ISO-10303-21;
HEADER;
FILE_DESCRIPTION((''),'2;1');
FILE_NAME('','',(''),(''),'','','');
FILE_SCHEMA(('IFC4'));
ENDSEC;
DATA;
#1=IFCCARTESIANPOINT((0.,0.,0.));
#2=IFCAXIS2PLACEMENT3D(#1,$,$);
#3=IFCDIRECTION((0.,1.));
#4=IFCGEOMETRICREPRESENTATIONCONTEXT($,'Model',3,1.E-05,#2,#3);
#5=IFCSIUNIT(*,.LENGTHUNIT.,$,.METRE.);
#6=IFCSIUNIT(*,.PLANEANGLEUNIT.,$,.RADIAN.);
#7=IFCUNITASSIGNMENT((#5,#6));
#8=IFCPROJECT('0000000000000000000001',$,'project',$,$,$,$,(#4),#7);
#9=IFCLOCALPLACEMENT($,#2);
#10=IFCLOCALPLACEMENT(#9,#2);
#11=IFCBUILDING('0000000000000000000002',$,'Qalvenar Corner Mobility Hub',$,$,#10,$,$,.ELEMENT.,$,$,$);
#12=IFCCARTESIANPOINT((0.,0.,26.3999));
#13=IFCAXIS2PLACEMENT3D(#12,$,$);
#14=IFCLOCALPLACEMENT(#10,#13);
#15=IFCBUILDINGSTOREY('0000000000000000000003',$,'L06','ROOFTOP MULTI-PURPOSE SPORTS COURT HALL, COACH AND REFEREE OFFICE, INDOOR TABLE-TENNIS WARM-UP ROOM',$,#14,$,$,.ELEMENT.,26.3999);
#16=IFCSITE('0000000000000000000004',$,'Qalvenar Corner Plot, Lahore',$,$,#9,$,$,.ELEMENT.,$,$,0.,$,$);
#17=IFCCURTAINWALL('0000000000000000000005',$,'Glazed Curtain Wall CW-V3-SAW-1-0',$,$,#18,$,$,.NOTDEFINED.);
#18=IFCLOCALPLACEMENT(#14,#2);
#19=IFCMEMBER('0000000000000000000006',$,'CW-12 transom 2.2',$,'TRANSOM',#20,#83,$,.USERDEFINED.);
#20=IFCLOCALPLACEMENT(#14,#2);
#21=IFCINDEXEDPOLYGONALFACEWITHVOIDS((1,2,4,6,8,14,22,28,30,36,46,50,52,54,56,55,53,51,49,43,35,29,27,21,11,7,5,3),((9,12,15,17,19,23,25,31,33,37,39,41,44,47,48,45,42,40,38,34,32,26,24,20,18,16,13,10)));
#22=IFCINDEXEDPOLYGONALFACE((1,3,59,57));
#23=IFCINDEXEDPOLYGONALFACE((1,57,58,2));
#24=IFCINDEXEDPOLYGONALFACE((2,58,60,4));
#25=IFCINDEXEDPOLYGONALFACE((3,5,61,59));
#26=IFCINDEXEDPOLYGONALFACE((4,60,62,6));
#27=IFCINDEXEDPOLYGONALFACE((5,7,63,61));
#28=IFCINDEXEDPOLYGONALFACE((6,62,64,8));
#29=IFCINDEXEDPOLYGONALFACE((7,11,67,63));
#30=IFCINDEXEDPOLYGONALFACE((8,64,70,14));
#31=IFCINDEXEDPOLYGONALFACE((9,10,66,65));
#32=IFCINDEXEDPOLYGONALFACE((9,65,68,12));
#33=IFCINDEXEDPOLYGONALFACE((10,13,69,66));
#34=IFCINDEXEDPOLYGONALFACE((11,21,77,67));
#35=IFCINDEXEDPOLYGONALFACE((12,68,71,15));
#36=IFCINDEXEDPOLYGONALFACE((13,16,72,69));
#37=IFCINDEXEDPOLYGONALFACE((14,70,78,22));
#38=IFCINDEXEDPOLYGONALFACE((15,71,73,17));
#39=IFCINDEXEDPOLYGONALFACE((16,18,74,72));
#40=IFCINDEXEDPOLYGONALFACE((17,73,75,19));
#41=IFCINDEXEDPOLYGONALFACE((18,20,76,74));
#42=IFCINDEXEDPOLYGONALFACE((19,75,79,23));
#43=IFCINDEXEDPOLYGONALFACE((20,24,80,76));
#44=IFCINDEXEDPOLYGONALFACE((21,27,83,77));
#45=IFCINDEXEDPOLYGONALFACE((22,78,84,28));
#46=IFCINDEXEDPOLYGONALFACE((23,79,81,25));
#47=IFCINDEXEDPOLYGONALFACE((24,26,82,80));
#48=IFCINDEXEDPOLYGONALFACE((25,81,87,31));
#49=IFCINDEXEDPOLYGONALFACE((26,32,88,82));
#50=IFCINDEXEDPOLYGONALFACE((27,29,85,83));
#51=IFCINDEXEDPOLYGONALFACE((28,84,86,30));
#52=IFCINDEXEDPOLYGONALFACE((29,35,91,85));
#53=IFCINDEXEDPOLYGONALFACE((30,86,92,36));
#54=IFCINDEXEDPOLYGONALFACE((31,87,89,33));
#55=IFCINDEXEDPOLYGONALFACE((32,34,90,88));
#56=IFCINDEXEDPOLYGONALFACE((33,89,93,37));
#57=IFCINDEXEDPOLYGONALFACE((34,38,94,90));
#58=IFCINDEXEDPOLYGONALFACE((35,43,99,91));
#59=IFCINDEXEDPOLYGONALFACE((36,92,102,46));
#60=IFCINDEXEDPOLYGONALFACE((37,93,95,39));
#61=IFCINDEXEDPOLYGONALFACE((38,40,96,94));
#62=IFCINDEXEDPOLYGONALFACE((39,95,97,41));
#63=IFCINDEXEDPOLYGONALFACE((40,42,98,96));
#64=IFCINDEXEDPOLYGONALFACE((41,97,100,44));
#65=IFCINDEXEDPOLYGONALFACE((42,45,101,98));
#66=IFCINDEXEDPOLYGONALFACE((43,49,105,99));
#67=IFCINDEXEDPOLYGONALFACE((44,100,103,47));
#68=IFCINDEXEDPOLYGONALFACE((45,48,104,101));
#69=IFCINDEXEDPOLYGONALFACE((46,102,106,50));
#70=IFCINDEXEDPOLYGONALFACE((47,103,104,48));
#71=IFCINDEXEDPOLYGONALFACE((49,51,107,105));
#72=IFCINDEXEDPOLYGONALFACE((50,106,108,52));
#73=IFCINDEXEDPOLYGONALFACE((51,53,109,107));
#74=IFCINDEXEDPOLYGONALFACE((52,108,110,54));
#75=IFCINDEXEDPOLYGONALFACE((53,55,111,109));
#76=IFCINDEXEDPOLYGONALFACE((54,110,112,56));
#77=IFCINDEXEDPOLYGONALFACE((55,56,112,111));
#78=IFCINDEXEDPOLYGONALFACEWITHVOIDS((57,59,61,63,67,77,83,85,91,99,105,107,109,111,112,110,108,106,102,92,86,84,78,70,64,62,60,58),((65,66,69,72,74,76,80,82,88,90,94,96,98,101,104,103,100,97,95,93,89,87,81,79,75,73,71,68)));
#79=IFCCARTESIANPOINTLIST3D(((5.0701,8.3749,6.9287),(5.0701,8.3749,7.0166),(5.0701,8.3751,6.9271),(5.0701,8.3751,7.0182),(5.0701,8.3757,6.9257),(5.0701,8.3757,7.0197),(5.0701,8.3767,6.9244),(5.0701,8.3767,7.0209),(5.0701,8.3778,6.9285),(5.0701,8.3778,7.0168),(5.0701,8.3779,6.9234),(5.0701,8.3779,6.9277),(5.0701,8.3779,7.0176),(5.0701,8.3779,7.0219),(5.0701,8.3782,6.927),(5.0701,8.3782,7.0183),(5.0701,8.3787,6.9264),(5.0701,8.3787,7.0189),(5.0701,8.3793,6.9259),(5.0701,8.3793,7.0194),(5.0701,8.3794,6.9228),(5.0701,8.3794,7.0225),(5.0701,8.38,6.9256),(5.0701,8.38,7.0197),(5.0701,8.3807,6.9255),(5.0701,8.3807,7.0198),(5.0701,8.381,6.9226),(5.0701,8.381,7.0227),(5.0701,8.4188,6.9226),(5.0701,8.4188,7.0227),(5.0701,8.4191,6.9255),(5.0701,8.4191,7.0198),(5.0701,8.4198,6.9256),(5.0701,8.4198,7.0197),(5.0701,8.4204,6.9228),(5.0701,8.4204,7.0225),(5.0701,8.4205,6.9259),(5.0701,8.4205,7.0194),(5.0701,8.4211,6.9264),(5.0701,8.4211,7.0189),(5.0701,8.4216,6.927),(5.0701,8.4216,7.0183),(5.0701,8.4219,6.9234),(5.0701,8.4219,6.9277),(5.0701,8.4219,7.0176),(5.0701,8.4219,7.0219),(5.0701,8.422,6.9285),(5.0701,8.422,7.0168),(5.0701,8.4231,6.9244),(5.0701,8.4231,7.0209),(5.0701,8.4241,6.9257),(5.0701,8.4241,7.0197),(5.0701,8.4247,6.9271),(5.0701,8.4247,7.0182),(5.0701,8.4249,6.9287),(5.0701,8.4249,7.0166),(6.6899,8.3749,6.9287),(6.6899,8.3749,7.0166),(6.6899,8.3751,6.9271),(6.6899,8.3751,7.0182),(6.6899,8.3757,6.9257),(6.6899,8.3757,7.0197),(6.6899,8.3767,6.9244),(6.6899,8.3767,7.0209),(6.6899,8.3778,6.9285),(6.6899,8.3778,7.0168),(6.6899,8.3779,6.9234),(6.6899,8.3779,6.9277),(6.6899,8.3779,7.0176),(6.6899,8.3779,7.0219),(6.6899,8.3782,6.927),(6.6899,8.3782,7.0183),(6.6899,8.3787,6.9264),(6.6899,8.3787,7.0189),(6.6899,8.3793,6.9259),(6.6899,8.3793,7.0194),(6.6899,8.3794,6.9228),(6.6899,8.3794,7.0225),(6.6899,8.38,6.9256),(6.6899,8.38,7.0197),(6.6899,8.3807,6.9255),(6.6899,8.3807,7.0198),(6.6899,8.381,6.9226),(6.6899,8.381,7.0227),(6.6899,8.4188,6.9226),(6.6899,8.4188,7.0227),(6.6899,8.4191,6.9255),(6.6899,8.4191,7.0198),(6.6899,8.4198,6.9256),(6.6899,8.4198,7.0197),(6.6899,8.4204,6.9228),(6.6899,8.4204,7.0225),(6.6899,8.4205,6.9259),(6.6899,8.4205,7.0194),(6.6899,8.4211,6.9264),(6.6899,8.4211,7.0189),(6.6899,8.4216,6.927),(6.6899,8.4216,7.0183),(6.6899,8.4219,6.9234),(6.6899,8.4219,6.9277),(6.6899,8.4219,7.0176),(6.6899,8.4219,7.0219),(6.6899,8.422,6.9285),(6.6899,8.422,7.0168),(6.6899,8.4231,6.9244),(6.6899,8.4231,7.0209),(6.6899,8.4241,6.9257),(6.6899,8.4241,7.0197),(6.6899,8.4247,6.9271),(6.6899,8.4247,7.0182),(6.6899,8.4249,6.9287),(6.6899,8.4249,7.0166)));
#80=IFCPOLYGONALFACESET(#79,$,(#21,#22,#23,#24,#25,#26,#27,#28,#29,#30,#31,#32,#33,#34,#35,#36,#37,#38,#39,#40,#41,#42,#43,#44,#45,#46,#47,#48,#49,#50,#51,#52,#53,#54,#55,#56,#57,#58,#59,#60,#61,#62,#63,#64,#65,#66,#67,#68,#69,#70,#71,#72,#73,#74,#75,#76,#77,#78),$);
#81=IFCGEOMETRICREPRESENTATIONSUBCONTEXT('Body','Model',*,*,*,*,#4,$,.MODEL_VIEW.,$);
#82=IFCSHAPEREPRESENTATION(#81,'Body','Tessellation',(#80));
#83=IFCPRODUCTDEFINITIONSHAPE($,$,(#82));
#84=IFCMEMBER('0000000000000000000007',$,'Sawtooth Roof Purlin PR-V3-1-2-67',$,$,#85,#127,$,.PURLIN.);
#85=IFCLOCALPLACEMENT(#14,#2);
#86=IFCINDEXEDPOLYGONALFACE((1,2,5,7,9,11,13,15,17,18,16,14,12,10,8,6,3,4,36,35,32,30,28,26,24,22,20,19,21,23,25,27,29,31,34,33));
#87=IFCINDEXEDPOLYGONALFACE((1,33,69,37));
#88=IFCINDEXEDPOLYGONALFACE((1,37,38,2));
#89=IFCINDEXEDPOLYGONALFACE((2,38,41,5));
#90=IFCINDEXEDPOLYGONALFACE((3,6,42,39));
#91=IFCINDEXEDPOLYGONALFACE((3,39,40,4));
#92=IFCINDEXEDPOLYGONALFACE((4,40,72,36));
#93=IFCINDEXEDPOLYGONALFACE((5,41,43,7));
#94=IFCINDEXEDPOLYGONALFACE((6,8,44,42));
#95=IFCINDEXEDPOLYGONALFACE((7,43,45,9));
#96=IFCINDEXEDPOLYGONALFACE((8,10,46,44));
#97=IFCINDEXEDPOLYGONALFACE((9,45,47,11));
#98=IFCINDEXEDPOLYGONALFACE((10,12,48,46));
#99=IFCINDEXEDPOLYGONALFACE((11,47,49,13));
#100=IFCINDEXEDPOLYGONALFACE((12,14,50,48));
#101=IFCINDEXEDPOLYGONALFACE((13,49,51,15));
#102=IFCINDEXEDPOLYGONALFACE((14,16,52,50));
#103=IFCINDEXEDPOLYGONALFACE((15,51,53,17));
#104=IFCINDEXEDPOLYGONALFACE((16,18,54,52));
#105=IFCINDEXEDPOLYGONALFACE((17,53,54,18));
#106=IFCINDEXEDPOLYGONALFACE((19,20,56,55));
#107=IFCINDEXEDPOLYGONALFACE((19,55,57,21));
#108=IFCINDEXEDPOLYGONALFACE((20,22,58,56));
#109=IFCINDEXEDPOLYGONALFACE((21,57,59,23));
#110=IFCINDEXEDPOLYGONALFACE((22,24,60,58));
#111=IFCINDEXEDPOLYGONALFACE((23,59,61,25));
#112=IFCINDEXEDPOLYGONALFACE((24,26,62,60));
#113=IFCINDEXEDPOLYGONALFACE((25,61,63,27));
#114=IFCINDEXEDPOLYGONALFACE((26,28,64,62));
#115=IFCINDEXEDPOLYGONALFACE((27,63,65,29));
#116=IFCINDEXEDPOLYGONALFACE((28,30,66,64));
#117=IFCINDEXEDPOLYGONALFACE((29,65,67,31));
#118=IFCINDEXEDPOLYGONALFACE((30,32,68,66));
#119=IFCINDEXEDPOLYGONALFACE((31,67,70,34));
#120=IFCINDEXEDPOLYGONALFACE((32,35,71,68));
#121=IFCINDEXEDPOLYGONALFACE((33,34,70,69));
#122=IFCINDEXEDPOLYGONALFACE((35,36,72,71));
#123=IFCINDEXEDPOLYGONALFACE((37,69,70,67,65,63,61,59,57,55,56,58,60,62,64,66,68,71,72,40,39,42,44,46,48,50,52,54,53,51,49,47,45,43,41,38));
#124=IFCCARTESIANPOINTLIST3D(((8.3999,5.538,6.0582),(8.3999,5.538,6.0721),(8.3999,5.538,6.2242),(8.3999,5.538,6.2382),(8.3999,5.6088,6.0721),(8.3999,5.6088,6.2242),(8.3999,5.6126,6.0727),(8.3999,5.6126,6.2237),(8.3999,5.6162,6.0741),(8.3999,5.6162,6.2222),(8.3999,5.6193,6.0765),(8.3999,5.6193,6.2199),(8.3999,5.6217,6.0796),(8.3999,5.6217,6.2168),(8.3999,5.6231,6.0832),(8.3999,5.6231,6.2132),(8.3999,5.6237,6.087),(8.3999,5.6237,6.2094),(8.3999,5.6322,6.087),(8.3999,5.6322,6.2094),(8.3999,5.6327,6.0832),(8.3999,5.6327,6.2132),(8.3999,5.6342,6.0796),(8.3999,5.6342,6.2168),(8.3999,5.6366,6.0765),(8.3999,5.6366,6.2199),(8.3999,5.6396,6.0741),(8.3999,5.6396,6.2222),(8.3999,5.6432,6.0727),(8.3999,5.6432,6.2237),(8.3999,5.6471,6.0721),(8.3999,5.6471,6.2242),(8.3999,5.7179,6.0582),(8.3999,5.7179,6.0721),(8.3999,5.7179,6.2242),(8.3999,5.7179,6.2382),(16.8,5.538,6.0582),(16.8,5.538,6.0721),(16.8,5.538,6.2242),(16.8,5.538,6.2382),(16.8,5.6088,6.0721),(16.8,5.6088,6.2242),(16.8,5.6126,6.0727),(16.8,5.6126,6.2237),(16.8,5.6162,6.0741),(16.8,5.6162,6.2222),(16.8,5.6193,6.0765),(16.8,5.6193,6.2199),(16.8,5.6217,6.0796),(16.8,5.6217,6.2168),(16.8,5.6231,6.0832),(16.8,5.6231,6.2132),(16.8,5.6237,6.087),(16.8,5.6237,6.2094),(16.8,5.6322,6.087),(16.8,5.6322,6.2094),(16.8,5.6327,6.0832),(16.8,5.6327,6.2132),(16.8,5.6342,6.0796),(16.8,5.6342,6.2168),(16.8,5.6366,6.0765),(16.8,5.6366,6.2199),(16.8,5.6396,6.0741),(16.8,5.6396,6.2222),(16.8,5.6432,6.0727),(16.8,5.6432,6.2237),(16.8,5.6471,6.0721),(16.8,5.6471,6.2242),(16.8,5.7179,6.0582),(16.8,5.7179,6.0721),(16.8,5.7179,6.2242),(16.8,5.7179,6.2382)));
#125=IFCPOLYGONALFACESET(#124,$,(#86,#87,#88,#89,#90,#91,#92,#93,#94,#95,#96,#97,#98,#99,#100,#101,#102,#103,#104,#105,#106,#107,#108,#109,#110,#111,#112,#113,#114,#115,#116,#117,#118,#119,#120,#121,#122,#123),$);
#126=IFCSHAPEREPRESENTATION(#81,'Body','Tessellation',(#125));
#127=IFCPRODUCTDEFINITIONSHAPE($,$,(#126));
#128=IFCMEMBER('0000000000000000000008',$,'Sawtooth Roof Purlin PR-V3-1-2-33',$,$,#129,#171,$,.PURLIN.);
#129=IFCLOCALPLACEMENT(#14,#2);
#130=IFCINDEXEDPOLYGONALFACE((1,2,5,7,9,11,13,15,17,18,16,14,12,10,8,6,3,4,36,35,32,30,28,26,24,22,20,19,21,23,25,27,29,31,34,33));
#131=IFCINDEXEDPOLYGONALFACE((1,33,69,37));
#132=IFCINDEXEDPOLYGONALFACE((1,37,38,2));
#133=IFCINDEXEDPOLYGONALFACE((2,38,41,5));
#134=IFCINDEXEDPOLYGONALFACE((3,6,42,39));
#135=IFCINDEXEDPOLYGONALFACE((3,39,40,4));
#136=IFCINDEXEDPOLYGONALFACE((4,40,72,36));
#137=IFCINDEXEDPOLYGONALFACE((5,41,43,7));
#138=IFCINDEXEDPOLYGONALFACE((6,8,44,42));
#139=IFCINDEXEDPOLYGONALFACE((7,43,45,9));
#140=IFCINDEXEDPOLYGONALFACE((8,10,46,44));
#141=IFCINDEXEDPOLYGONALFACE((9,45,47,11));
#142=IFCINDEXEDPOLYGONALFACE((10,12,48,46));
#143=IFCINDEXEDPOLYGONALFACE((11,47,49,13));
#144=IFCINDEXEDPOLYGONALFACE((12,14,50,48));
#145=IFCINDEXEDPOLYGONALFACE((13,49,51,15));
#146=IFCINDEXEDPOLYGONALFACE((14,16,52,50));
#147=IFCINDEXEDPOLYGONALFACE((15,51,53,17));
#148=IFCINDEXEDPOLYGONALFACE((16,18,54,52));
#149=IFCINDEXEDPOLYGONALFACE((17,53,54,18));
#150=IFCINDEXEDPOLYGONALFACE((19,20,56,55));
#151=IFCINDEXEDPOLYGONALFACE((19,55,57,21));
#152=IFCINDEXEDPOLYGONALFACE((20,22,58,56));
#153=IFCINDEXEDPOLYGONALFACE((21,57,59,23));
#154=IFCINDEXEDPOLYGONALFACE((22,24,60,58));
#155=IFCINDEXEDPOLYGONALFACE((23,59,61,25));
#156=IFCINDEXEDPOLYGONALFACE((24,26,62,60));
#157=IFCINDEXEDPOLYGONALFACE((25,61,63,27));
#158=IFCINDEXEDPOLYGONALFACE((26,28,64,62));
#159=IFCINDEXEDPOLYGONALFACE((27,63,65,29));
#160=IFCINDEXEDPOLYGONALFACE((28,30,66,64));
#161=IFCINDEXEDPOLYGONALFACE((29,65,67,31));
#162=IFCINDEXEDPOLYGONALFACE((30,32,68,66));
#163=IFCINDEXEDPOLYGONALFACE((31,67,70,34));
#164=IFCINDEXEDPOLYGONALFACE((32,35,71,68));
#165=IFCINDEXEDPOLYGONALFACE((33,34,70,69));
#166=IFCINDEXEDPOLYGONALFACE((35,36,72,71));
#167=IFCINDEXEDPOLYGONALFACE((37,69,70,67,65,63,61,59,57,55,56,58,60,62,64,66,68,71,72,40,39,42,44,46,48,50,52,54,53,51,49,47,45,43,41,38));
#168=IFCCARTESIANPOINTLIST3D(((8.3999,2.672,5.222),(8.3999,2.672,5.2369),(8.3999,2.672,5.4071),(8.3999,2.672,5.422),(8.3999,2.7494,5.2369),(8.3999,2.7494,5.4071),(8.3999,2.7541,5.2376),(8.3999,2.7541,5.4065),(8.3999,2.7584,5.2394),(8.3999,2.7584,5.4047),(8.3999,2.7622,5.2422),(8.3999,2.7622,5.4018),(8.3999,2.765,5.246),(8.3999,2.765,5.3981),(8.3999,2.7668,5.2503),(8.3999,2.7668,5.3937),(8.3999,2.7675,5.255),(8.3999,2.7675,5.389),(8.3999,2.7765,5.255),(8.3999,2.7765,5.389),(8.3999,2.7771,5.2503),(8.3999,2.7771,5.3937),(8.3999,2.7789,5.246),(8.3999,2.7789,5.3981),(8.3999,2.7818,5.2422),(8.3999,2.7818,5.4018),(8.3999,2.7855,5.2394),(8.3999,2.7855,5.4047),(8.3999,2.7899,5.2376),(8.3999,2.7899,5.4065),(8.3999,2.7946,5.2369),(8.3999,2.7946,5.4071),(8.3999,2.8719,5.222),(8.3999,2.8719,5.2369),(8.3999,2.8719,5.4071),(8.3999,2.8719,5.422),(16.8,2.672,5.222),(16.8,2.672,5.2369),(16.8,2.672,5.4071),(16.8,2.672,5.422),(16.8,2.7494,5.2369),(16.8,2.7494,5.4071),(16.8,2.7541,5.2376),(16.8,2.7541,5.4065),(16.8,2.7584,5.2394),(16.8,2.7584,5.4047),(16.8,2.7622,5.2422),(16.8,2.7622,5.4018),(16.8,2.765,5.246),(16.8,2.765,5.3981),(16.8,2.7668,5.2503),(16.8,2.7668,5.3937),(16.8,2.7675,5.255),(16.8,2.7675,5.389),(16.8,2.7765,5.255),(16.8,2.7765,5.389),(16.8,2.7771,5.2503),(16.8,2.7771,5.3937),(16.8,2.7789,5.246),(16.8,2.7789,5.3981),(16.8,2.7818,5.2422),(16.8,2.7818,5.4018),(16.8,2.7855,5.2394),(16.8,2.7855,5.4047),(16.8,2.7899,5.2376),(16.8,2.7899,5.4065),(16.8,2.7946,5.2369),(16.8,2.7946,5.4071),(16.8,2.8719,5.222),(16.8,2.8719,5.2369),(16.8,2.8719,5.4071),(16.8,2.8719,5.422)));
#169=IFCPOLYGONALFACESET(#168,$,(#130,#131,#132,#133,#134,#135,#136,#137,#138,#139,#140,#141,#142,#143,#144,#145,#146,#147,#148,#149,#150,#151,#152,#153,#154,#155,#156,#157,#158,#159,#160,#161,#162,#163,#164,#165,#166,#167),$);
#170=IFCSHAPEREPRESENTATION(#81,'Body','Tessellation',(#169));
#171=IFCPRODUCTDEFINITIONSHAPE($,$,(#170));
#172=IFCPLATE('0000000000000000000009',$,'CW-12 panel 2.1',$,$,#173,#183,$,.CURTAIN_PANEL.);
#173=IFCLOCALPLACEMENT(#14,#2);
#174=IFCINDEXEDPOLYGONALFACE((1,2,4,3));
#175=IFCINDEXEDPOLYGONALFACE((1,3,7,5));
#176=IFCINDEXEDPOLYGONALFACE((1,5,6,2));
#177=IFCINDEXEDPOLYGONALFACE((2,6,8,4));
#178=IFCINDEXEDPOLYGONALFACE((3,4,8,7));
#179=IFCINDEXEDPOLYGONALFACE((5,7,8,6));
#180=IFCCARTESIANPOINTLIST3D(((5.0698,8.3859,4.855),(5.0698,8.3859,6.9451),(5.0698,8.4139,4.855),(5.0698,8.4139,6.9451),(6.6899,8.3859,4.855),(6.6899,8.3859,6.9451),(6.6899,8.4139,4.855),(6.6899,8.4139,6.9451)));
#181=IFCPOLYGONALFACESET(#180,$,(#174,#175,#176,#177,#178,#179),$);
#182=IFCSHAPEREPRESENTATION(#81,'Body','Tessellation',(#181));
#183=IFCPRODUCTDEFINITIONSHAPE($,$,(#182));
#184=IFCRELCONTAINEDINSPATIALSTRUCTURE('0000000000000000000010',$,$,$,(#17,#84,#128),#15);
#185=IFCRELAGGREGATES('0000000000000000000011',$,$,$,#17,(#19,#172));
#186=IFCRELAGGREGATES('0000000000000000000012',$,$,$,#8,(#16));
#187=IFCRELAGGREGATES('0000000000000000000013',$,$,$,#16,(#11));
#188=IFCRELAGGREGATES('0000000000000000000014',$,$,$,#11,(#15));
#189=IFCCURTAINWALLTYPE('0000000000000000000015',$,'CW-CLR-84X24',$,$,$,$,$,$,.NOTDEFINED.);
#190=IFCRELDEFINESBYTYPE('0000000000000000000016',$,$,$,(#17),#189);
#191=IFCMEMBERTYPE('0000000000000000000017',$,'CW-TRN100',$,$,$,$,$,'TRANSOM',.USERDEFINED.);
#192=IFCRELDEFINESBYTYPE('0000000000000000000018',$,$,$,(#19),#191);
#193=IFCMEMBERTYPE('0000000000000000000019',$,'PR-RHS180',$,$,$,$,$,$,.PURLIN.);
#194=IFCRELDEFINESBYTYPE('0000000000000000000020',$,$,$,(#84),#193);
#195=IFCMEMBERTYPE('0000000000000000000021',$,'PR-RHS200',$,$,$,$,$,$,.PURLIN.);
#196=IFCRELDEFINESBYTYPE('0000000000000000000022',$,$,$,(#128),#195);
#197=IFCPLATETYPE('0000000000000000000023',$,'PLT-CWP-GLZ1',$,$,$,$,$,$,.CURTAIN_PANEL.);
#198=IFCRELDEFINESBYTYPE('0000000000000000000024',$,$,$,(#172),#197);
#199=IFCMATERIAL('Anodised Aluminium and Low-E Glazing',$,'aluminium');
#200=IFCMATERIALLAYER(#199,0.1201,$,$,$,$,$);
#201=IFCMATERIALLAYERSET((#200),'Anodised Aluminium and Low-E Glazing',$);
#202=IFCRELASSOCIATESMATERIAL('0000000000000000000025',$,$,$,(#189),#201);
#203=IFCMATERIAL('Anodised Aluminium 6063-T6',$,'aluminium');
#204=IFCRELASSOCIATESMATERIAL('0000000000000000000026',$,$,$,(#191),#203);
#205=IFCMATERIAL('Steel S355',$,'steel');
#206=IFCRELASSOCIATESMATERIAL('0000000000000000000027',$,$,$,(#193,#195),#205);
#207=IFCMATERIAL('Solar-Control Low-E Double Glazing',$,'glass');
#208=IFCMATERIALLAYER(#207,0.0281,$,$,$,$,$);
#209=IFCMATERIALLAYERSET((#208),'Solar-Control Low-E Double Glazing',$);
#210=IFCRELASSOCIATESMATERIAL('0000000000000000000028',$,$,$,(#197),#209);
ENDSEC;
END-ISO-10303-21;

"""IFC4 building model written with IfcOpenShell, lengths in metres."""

from ifc_helpers import new_model, si_unit, direction, frame, origin, origin_2d, place, context, subcontext, project, spatial, rectangle, hollow_rectangle, i_section, extrude, material, layer, layer_set, material_profile, profile_set, type_object, element, aggregate, save


model = new_model("IFC4")

# Units and contexts
model_context = context("Model", 3, precision=1e-05, world=origin(), true_north=direction((0.0, 1.0)))
body_context = subcontext(model_context, "Body", "Model", "MODEL_VIEW")
ifc_project = project(units=[si_unit("LENGTHUNIT", "METRE"), si_unit("PLANEANGLEUNIT", "RADIAN")], contexts=[model_context])

# Site, building, storey
site_placement = place(None, origin())
site = spatial("IfcSite", under=ifc_project, at=site_placement, Name="Qalvenar Corner Plot, Lahore", CompositionType="ELEMENT", RefElevation=0.0)
building_placement = place(site_placement, origin())
building = spatial("IfcBuilding", under=site, at=building_placement, Name="Qalvenar Corner Mobility Hub", CompositionType="ELEMENT")
storey_placement = place(building_placement, frame((0.0, 0.0, 26.3999)))
storey = spatial("IfcBuildingStorey", under=building, at=storey_placement, Name="L06", Description="ROOFTOP MULTI-PURPOSE SPORTS COURT HALL, COACH AND REFEREE OFFICE, INDOOR TABLE-TENNIS WARM-UP ROOM", CompositionType="ELEMENT", Elevation=26.3999)

# Shared definitions
ifc_material_1 = material(Name="Steel S355", Category="steel")

# Curtain wall, member
ifc_material_2 = material(Name="Anodised Aluminium and Low-E Glazing", Category="aluminium")
ifc_layer_1 = layer(ifc_material_2, 0.1201)
ifc_layer_set_1 = layer_set([ifc_layer_1], Name="Anodised Aluminium and Low-E Glazing")
curtain_wall_type = type_object("IfcCurtainWallType", Name="CW-CLR-84X24", PredefinedType="NOTDEFINED", material=ifc_layer_set_1)
curtain_wall_placement = place(storey_placement, origin())
curtain_wall = element("IfcCurtainWall", 1, at=curtain_wall_placement, inside=storey, type_object=curtain_wall_type, Name="Glazed Curtain Wall CW-V3-SAW-1-0", PredefinedType="NOTDEFINED")
ifc_material_3 = material(Name="Anodised Aluminium 6063-T6", Category="aluminium")
ifc_material_profile_1 = material_profile(ifc_material_3, hollow_rectangle(XDim=0.05, YDim=0.1001, WallThickness=0.0029, InnerFilletRadius=0.0029, OuterFilletRadius=0.0061, at=origin_2d()), Name="RHS100x50x3")
ifc_profile_set_1 = profile_set([ifc_material_profile_1], Name="Anodised Aluminium 6063-T6")
member_type_1 = type_object("IfcMemberType", Name="CW-TRN100", ElementType="TRANSOM", PredefinedType="USERDEFINED", material=ifc_profile_set_1)
member_1_placement = place(storey_placement, frame((6.6899, 8.3999, 6.9727), z_axis=(-1.0, 0.0, 0.0), x_axis=(0.0, -1.0, 0.0)))
member_1 = element("IfcMember", 2, at=member_1_placement, type_object=member_type_1, Name="CW-12 transom 2.2", ObjectType="TRANSOM", PredefinedType="USERDEFINED", context=body_context, shape_type="SweptSolid", body=[
    extrude(hollow_rectangle(XDim=0.05, YDim=0.1001, WallThickness=0.0029, InnerFilletRadius=0.0029, OuterFilletRadius=0.0061, at=origin_2d()), origin(), (0.0, 0.0, 1.0), 1.6199),
])

# Members
ifc_material_profile_2 = material_profile(ifc_material_1, i_section(OverallWidth=0.1799, OverallDepth=0.1799, WebThickness=0.0085, FlangeThickness=0.0139, FilletRadius=0.0149, at=origin_2d()), Name="HEB180")
ifc_profile_set_2 = profile_set([ifc_material_profile_2], Name="Steel S355")
member_type_2 = type_object("IfcMemberType", Name="PR-RHS180", PredefinedType="PURLIN", material=ifc_profile_set_2)
member_2_placement = place(storey_placement, frame((8.3999, 5.6279, 6.1482), z_axis=(1.0, 0.0, 0.0), x_axis=(0.0, 1.0, 0.0)))
element("IfcMember", 3, at=member_2_placement, inside=storey, type_object=member_type_2, Name="Sawtooth Roof Purlin PR-V3-1-2-67", PredefinedType="PURLIN", context=body_context, shape_type="SweptSolid", body=[
    extrude(i_section(OverallWidth=0.1799, OverallDepth=0.1799, WebThickness=0.0085, FlangeThickness=0.0139, FilletRadius=0.0149, at=origin_2d()), origin(), (0.0, 0.0, 1.0), 8.4001),
])
ifc_material_profile_3 = material_profile(ifc_material_1, i_section(OverallWidth=0.2, OverallDepth=0.2, WebThickness=0.009, FlangeThickness=0.0149, FilletRadius=0.0181, at=origin_2d()), Name="HEB200")
ifc_profile_set_3 = profile_set([ifc_material_profile_3], Name="Steel S355")
member_type_3 = type_object("IfcMemberType", Name="PR-RHS200", PredefinedType="PURLIN", material=ifc_profile_set_3)
member_3_placement = place(storey_placement, frame((8.3999, 2.772, 5.322), z_axis=(1.0, 0.0, 0.0), x_axis=(0.0, 1.0, 0.0)))
element("IfcMember", 4, at=member_3_placement, inside=storey, type_object=member_type_3, Name="Sawtooth Roof Purlin PR-V3-1-2-33", PredefinedType="PURLIN", context=body_context, shape_type="SweptSolid", body=[
    extrude(i_section(OverallWidth=0.2, OverallDepth=0.2, WebThickness=0.009, FlangeThickness=0.0149, FilletRadius=0.0181, at=origin_2d()), origin(), (0.0, 0.0, 1.0), 8.4001),
])

# Plate
ifc_material_4 = material(Name="Solar-Control Low-E Double Glazing", Category="glass")
ifc_layer_2 = layer(ifc_material_4, 0.0281)
ifc_layer_set_2 = layer_set([ifc_layer_2], Name="Solar-Control Low-E Double Glazing")
plate_type = type_object("IfcPlateType", Name="PLT-CWP-GLZ1", PredefinedType="CURTAIN_PANEL", material=ifc_layer_set_2)
plate_placement = place(storey_placement, frame((5.8799, 8.3999, 4.855), z_axis=(0.0, 0.0, 1.0), x_axis=(-1.0, 0.0, 0.0)))
plate = element("IfcPlate", 5, at=plate_placement, type_object=plate_type, Name="CW-12 panel 2.1", PredefinedType="CURTAIN_PANEL", context=body_context, shape_type="SweptSolid", body=[
    extrude(rectangle(XDim=1.6201, YDim=0.0281, at=origin_2d()), origin(), (0.0, 0.0, 1.0), 2.0901),
])
aggregate(curtain_wall, [member_1, plate])

save(model, "model.ifc")
